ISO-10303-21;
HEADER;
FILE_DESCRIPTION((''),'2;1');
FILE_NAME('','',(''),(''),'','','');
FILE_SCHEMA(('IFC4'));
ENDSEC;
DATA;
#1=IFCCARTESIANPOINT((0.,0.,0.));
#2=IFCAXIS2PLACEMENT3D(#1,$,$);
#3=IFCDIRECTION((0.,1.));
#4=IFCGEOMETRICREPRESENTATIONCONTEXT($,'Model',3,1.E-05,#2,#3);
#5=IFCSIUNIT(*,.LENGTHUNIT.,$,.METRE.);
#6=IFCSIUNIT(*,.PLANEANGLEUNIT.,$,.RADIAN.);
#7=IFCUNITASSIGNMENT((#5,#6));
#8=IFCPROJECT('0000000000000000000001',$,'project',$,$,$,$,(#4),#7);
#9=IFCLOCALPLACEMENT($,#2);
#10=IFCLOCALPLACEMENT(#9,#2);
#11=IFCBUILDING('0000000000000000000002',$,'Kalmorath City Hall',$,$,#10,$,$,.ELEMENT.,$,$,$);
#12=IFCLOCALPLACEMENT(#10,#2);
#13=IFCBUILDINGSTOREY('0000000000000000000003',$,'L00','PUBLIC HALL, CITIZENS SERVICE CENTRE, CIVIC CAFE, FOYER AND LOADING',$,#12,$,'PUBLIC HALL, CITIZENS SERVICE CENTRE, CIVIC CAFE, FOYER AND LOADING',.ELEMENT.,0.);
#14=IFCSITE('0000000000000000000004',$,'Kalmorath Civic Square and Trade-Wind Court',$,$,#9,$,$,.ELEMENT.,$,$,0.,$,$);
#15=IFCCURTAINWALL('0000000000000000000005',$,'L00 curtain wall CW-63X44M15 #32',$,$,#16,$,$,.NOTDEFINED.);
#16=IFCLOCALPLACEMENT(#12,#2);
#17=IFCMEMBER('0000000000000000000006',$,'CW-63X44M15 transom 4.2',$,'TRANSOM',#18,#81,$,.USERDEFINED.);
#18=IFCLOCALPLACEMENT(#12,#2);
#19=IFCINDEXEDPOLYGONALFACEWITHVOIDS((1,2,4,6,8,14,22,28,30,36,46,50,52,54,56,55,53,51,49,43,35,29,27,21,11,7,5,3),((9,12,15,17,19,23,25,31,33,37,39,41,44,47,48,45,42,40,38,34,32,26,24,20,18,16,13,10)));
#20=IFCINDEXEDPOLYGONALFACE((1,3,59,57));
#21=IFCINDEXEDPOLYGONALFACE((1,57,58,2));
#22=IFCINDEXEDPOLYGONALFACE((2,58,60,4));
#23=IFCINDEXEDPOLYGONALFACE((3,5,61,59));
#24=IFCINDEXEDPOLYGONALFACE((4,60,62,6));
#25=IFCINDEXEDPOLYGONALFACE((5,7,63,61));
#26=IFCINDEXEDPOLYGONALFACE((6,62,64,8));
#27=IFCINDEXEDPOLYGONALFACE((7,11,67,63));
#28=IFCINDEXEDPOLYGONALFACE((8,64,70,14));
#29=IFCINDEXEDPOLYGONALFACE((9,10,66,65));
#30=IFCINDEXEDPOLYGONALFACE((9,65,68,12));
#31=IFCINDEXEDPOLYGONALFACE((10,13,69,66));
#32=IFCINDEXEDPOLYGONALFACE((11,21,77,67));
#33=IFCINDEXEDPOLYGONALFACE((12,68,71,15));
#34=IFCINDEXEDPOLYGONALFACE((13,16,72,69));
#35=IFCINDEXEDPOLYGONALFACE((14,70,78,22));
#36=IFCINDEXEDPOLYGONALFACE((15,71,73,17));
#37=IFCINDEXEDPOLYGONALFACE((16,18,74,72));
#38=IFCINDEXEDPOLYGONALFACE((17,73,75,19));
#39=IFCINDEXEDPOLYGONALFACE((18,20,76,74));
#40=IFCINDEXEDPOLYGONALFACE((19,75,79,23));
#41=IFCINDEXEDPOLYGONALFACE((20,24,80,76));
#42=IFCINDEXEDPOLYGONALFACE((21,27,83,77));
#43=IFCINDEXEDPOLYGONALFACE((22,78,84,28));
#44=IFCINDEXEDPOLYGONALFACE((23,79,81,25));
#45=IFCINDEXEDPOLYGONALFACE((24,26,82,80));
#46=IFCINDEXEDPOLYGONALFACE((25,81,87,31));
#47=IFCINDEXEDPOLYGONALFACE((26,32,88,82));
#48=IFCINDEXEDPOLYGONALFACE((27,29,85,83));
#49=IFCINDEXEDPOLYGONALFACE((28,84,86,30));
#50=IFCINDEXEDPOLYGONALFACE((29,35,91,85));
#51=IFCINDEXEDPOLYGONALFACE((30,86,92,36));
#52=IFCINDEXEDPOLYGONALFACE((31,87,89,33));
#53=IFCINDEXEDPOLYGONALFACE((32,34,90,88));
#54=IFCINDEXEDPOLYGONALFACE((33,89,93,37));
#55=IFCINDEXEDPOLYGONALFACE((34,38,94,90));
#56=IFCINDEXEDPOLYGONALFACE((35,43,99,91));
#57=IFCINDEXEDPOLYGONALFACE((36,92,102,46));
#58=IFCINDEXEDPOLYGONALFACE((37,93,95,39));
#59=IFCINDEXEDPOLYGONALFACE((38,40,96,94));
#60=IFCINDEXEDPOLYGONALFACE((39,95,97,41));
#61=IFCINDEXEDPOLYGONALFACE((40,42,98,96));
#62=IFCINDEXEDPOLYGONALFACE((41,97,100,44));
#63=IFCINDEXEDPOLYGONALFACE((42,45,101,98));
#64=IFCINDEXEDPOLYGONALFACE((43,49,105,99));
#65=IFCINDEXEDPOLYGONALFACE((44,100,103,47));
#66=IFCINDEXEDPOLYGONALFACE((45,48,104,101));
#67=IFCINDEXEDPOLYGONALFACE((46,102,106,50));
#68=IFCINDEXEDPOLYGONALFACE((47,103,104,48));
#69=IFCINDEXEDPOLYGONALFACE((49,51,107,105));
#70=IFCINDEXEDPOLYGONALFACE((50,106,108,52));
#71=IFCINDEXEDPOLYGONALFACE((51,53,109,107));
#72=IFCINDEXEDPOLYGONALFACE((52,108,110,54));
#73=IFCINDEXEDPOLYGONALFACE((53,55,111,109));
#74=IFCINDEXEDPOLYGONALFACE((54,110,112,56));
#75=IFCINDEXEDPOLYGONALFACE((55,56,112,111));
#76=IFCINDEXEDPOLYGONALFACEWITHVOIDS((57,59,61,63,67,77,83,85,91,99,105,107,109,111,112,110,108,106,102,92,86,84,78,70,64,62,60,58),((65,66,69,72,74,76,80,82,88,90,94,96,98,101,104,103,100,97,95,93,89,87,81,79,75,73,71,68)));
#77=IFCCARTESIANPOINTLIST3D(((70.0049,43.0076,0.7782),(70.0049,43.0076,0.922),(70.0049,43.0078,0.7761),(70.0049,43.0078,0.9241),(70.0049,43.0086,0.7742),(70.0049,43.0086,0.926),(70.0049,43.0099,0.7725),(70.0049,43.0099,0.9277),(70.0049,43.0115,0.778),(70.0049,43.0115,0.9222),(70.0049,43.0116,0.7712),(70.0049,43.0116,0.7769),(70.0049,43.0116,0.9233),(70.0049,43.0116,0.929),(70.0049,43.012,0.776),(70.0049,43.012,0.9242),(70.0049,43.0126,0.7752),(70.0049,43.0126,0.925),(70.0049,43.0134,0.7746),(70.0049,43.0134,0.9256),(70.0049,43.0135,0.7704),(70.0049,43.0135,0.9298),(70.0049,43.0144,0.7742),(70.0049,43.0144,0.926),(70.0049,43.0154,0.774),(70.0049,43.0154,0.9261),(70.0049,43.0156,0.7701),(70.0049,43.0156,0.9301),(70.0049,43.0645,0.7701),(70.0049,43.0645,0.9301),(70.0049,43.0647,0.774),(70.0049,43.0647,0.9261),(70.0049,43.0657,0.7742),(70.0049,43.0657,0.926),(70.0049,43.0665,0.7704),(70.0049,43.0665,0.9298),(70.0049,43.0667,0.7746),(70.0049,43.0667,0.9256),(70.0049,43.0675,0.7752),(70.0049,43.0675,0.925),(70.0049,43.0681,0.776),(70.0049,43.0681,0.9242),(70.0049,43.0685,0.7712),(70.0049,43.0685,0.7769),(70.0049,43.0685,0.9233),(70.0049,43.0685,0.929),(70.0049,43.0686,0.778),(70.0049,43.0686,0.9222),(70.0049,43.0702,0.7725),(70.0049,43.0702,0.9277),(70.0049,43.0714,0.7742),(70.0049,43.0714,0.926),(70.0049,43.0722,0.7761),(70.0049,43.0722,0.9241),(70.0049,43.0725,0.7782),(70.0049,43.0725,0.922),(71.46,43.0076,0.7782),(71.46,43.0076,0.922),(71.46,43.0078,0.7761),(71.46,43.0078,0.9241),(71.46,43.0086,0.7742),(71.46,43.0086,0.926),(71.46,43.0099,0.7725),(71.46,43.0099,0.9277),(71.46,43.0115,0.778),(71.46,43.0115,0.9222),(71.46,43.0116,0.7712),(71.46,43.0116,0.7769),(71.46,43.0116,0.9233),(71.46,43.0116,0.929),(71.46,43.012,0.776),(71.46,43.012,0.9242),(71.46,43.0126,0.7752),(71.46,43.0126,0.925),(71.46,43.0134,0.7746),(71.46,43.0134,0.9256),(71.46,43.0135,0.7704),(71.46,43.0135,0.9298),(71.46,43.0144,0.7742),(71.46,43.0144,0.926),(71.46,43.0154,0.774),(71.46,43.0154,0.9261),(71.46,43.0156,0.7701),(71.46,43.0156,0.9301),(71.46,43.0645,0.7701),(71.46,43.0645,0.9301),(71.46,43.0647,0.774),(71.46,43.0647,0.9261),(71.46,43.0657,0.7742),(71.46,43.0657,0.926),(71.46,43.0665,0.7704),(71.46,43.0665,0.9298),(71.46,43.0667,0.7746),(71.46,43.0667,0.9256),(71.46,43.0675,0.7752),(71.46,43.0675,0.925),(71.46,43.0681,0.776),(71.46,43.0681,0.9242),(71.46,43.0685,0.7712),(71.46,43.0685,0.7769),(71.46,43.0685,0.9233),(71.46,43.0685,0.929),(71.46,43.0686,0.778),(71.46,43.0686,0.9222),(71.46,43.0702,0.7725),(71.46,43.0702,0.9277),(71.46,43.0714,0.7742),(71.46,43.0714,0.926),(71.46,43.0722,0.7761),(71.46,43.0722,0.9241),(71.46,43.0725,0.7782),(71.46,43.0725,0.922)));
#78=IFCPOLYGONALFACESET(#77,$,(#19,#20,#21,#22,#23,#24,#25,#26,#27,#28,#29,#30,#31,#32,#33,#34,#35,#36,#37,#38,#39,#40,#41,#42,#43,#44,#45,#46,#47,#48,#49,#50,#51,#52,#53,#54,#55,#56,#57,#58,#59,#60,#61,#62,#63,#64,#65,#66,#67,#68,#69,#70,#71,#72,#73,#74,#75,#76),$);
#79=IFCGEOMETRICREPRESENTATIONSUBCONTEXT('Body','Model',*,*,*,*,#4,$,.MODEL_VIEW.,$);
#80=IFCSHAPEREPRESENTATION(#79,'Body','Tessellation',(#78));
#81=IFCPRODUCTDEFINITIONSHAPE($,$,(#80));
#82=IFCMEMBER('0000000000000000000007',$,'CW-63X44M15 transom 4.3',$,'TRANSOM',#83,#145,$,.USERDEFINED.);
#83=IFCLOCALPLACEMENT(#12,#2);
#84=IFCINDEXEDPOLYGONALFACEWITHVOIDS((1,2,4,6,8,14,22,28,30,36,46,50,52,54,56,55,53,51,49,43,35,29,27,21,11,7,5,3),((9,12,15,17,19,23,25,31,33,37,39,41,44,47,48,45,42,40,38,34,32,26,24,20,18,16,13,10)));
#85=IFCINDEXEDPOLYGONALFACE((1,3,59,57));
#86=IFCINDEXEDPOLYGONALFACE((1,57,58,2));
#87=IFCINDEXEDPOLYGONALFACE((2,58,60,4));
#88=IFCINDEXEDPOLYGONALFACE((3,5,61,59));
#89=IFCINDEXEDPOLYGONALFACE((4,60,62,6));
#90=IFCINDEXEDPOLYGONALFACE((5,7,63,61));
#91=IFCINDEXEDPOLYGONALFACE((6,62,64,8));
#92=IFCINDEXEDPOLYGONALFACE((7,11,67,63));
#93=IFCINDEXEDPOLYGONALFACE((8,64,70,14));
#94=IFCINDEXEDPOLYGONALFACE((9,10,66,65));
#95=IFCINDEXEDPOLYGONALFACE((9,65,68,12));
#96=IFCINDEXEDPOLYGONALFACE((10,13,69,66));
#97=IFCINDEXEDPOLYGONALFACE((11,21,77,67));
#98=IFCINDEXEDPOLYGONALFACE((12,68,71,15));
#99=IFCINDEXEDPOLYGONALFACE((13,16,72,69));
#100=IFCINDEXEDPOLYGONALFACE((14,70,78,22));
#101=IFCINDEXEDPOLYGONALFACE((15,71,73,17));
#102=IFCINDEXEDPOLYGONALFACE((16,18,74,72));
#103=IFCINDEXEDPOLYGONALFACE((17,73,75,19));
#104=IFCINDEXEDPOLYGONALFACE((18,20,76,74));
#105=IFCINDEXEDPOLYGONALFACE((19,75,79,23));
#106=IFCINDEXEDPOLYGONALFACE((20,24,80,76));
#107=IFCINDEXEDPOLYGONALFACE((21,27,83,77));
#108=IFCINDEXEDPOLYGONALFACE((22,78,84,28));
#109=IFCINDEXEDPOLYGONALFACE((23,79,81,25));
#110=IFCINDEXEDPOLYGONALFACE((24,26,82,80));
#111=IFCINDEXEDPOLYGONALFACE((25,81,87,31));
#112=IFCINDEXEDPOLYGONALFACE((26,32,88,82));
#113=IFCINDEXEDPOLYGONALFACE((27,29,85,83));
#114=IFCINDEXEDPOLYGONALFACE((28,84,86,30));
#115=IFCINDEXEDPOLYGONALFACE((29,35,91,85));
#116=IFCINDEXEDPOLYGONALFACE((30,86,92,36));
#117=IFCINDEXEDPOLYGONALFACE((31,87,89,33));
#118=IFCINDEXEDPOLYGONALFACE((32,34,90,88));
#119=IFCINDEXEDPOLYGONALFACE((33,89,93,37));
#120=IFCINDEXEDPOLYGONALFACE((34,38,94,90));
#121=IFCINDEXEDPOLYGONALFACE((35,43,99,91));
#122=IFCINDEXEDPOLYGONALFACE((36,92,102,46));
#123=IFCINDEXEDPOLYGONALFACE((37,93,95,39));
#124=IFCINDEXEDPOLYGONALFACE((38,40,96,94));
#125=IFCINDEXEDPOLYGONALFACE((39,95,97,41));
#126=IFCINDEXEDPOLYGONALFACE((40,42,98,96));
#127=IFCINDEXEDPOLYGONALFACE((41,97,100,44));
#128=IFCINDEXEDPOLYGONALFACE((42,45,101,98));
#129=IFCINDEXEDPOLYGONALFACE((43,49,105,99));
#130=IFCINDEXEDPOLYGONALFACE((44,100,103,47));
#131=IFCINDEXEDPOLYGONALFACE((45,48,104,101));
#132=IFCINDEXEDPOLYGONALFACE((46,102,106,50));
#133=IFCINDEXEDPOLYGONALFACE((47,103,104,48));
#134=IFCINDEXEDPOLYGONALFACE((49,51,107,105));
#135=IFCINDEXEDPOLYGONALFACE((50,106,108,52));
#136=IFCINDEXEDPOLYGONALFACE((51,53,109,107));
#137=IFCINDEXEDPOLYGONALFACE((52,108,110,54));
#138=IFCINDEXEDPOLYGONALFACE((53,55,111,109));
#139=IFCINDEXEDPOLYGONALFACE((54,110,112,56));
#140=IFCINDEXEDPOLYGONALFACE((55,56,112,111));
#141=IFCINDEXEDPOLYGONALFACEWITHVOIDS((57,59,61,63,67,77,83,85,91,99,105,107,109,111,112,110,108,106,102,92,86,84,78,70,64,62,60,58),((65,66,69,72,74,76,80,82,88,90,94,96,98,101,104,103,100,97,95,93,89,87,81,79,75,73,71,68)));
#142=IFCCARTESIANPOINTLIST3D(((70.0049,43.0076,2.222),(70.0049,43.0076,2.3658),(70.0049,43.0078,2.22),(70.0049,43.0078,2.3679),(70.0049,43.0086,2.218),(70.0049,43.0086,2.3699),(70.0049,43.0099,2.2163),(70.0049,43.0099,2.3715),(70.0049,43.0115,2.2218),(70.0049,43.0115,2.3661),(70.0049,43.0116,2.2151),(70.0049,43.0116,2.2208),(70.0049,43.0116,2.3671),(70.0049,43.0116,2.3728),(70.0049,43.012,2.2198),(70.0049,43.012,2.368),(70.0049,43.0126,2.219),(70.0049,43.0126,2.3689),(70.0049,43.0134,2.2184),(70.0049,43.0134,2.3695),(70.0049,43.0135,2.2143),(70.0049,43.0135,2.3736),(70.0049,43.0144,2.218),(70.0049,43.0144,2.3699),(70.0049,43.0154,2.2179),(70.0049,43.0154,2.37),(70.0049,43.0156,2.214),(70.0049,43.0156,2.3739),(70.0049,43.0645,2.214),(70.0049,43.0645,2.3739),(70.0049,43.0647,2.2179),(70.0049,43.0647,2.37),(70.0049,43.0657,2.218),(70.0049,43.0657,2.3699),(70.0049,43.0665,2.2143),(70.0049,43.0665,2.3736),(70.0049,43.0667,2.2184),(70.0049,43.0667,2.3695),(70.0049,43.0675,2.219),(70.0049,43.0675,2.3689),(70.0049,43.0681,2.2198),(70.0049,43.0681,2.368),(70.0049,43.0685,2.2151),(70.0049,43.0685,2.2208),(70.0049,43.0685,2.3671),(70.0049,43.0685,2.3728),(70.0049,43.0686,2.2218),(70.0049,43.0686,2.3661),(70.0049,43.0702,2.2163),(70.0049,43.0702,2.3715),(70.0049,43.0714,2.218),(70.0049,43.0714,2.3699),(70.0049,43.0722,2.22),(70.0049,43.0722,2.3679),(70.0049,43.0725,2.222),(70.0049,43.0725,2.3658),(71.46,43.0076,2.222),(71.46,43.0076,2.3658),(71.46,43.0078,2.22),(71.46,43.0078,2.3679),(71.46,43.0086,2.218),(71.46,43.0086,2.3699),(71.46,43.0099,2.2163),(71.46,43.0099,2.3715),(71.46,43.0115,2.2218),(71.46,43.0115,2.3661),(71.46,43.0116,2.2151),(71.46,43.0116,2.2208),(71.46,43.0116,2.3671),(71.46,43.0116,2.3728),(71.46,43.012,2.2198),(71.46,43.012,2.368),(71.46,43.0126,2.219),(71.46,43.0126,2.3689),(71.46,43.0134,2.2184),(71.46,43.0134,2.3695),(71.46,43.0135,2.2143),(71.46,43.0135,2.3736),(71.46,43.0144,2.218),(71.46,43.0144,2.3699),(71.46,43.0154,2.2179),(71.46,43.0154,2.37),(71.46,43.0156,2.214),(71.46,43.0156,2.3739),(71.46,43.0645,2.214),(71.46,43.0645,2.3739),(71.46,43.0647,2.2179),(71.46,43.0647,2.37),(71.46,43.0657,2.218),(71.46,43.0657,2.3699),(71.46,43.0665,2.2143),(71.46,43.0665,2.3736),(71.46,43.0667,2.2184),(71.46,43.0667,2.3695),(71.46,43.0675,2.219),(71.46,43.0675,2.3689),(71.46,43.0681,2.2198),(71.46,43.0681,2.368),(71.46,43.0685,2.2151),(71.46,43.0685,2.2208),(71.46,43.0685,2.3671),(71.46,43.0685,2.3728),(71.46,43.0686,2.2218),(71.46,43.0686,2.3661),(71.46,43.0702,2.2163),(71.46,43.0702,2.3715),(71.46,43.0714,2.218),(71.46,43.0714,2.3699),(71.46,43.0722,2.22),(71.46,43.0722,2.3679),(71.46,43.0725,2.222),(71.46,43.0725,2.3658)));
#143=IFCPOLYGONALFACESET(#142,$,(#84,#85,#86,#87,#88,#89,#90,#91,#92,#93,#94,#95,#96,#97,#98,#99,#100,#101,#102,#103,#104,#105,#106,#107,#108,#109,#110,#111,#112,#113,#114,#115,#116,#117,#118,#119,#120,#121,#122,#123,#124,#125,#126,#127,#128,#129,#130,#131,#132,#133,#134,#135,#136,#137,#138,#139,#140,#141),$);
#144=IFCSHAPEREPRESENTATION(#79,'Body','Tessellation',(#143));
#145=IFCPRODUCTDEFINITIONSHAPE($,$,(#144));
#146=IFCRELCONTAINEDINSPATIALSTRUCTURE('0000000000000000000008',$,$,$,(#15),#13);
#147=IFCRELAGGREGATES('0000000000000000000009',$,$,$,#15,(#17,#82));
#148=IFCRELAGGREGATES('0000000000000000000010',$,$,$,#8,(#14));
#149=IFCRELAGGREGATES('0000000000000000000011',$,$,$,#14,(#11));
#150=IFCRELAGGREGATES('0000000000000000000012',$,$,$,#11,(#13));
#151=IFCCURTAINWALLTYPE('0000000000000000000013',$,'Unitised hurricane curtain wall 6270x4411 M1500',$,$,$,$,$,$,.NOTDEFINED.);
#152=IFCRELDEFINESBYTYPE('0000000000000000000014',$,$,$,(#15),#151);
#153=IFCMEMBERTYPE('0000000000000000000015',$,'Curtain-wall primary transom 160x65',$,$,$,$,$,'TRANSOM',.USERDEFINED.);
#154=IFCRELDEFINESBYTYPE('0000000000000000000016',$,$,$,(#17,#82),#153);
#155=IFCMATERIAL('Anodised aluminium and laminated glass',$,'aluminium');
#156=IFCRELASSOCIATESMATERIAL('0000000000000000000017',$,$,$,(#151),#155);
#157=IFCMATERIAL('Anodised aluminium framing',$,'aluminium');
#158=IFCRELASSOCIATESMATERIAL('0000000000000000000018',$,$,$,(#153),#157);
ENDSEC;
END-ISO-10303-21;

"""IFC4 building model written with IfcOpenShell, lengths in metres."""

from ifc_helpers import new_model, si_unit, direction, frame, origin, origin_2d, place, context, subcontext, project, spatial, hollow_rectangle, extrude, material, material_profile, profile_set, type_object, element, aggregate, save


model = new_model("IFC4")

# Units and contexts
model_context = context("Model", 3, precision=1e-05, world=origin(), true_north=direction((0.0, 1.0)))
body_context = subcontext(model_context, "Body", "Model", "MODEL_VIEW")
ifc_project = project(units=[si_unit("LENGTHUNIT", "METRE"), si_unit("PLANEANGLEUNIT", "RADIAN")], contexts=[model_context])

# Site, building, storey
site_placement = place(None, origin())
site = spatial("IfcSite", under=ifc_project, at=site_placement, Name="Kalmorath Civic Square and Trade-Wind Court", CompositionType="ELEMENT", RefElevation=0.0)
building_placement = place(site_placement, origin())
building = spatial("IfcBuilding", under=site, at=building_placement, Name="Kalmorath City Hall", CompositionType="ELEMENT")
storey_placement = place(building_placement, origin())
storey = spatial("IfcBuildingStorey", under=building, at=storey_placement, Name="L00", Description="PUBLIC HALL, CITIZENS SERVICE CENTRE, CIVIC CAFE, FOYER AND LOADING", LongName="PUBLIC HALL, CITIZENS SERVICE CENTRE, CIVIC CAFE, FOYER AND LOADING", CompositionType="ELEMENT", Elevation=0.0)

# Curtain wall
ifc_material_1 = material(Name="Anodised aluminium and laminated glass", Category="aluminium")
curtain_wall_type_1 = type_object("IfcCurtainWallType", Name="Unitised hurricane curtain wall 6270x4411 M1500", PredefinedType="NOTDEFINED", material=ifc_material_1)
curtain_wall_1_placement = place(storey_placement, origin())
curtain_wall_1 = element("IfcCurtainWall", 1, at=curtain_wall_1_placement, inside=storey, type_object=curtain_wall_type_1, Name="L00 curtain wall CW-63X44M15 #32", PredefinedType="NOTDEFINED")

# Members
ifc_material_2 = material(Name="Anodised aluminium framing", Category="aluminium")
ifc_material_profile_1 = material_profile(ifc_material_2, hollow_rectangle(XDim=0.0649, YDim=0.1599, WallThickness=0.0039, InnerFilletRadius=0.0039, OuterFilletRadius=0.0081, at=origin_2d()), Name="ALU-TRN-160X65X4")
ifc_profile_set_1 = profile_set([ifc_material_profile_1], Name="Anodised aluminium framing")
member_type_1 = type_object("IfcMemberType", Name="Curtain-wall primary transom 160x65", ElementType="TRANSOM", PredefinedType="USERDEFINED", material=ifc_profile_set_1)
member_1_placement = place(storey_placement, frame((70.0049, 43.04, 0.8501), z_axis=(1.0, 0.0, 0.0), x_axis=(0.0, 1.0, 0.0)))
member_1 = element("IfcMember", 2, at=member_1_placement, type_object=member_type_1, Name="CW-63X44M15 transom 4.2", ObjectType="TRANSOM", PredefinedType="USERDEFINED", context=body_context, shape_type="SweptSolid", body=[
    extrude(hollow_rectangle(XDim=0.0649, YDim=0.1599, WallThickness=0.0039, InnerFilletRadius=0.0039, OuterFilletRadius=0.0081, at=origin_2d()), origin(), (0.0, 0.0, 1.0), 1.4551),
])
member_2_placement = place(storey_placement, frame((70.0049, 43.04, 2.2939), z_axis=(1.0, 0.0, 0.0), x_axis=(0.0, 1.0, 0.0)))
member_2 = element("IfcMember", 3, at=member_2_placement, type_object=member_type_1, Name="CW-63X44M15 transom 4.3", ObjectType="TRANSOM", PredefinedType="USERDEFINED", context=body_context, shape_type="SweptSolid", body=[
    extrude(hollow_rectangle(XDim=0.0649, YDim=0.1599, WallThickness=0.0039, InnerFilletRadius=0.0039, OuterFilletRadius=0.0081, at=origin_2d()), origin(), (0.0, 0.0, 1.0), 1.4551),
])

aggregate(curtain_wall_1, [member_1, member_2])

save(model, "model.ifc")
